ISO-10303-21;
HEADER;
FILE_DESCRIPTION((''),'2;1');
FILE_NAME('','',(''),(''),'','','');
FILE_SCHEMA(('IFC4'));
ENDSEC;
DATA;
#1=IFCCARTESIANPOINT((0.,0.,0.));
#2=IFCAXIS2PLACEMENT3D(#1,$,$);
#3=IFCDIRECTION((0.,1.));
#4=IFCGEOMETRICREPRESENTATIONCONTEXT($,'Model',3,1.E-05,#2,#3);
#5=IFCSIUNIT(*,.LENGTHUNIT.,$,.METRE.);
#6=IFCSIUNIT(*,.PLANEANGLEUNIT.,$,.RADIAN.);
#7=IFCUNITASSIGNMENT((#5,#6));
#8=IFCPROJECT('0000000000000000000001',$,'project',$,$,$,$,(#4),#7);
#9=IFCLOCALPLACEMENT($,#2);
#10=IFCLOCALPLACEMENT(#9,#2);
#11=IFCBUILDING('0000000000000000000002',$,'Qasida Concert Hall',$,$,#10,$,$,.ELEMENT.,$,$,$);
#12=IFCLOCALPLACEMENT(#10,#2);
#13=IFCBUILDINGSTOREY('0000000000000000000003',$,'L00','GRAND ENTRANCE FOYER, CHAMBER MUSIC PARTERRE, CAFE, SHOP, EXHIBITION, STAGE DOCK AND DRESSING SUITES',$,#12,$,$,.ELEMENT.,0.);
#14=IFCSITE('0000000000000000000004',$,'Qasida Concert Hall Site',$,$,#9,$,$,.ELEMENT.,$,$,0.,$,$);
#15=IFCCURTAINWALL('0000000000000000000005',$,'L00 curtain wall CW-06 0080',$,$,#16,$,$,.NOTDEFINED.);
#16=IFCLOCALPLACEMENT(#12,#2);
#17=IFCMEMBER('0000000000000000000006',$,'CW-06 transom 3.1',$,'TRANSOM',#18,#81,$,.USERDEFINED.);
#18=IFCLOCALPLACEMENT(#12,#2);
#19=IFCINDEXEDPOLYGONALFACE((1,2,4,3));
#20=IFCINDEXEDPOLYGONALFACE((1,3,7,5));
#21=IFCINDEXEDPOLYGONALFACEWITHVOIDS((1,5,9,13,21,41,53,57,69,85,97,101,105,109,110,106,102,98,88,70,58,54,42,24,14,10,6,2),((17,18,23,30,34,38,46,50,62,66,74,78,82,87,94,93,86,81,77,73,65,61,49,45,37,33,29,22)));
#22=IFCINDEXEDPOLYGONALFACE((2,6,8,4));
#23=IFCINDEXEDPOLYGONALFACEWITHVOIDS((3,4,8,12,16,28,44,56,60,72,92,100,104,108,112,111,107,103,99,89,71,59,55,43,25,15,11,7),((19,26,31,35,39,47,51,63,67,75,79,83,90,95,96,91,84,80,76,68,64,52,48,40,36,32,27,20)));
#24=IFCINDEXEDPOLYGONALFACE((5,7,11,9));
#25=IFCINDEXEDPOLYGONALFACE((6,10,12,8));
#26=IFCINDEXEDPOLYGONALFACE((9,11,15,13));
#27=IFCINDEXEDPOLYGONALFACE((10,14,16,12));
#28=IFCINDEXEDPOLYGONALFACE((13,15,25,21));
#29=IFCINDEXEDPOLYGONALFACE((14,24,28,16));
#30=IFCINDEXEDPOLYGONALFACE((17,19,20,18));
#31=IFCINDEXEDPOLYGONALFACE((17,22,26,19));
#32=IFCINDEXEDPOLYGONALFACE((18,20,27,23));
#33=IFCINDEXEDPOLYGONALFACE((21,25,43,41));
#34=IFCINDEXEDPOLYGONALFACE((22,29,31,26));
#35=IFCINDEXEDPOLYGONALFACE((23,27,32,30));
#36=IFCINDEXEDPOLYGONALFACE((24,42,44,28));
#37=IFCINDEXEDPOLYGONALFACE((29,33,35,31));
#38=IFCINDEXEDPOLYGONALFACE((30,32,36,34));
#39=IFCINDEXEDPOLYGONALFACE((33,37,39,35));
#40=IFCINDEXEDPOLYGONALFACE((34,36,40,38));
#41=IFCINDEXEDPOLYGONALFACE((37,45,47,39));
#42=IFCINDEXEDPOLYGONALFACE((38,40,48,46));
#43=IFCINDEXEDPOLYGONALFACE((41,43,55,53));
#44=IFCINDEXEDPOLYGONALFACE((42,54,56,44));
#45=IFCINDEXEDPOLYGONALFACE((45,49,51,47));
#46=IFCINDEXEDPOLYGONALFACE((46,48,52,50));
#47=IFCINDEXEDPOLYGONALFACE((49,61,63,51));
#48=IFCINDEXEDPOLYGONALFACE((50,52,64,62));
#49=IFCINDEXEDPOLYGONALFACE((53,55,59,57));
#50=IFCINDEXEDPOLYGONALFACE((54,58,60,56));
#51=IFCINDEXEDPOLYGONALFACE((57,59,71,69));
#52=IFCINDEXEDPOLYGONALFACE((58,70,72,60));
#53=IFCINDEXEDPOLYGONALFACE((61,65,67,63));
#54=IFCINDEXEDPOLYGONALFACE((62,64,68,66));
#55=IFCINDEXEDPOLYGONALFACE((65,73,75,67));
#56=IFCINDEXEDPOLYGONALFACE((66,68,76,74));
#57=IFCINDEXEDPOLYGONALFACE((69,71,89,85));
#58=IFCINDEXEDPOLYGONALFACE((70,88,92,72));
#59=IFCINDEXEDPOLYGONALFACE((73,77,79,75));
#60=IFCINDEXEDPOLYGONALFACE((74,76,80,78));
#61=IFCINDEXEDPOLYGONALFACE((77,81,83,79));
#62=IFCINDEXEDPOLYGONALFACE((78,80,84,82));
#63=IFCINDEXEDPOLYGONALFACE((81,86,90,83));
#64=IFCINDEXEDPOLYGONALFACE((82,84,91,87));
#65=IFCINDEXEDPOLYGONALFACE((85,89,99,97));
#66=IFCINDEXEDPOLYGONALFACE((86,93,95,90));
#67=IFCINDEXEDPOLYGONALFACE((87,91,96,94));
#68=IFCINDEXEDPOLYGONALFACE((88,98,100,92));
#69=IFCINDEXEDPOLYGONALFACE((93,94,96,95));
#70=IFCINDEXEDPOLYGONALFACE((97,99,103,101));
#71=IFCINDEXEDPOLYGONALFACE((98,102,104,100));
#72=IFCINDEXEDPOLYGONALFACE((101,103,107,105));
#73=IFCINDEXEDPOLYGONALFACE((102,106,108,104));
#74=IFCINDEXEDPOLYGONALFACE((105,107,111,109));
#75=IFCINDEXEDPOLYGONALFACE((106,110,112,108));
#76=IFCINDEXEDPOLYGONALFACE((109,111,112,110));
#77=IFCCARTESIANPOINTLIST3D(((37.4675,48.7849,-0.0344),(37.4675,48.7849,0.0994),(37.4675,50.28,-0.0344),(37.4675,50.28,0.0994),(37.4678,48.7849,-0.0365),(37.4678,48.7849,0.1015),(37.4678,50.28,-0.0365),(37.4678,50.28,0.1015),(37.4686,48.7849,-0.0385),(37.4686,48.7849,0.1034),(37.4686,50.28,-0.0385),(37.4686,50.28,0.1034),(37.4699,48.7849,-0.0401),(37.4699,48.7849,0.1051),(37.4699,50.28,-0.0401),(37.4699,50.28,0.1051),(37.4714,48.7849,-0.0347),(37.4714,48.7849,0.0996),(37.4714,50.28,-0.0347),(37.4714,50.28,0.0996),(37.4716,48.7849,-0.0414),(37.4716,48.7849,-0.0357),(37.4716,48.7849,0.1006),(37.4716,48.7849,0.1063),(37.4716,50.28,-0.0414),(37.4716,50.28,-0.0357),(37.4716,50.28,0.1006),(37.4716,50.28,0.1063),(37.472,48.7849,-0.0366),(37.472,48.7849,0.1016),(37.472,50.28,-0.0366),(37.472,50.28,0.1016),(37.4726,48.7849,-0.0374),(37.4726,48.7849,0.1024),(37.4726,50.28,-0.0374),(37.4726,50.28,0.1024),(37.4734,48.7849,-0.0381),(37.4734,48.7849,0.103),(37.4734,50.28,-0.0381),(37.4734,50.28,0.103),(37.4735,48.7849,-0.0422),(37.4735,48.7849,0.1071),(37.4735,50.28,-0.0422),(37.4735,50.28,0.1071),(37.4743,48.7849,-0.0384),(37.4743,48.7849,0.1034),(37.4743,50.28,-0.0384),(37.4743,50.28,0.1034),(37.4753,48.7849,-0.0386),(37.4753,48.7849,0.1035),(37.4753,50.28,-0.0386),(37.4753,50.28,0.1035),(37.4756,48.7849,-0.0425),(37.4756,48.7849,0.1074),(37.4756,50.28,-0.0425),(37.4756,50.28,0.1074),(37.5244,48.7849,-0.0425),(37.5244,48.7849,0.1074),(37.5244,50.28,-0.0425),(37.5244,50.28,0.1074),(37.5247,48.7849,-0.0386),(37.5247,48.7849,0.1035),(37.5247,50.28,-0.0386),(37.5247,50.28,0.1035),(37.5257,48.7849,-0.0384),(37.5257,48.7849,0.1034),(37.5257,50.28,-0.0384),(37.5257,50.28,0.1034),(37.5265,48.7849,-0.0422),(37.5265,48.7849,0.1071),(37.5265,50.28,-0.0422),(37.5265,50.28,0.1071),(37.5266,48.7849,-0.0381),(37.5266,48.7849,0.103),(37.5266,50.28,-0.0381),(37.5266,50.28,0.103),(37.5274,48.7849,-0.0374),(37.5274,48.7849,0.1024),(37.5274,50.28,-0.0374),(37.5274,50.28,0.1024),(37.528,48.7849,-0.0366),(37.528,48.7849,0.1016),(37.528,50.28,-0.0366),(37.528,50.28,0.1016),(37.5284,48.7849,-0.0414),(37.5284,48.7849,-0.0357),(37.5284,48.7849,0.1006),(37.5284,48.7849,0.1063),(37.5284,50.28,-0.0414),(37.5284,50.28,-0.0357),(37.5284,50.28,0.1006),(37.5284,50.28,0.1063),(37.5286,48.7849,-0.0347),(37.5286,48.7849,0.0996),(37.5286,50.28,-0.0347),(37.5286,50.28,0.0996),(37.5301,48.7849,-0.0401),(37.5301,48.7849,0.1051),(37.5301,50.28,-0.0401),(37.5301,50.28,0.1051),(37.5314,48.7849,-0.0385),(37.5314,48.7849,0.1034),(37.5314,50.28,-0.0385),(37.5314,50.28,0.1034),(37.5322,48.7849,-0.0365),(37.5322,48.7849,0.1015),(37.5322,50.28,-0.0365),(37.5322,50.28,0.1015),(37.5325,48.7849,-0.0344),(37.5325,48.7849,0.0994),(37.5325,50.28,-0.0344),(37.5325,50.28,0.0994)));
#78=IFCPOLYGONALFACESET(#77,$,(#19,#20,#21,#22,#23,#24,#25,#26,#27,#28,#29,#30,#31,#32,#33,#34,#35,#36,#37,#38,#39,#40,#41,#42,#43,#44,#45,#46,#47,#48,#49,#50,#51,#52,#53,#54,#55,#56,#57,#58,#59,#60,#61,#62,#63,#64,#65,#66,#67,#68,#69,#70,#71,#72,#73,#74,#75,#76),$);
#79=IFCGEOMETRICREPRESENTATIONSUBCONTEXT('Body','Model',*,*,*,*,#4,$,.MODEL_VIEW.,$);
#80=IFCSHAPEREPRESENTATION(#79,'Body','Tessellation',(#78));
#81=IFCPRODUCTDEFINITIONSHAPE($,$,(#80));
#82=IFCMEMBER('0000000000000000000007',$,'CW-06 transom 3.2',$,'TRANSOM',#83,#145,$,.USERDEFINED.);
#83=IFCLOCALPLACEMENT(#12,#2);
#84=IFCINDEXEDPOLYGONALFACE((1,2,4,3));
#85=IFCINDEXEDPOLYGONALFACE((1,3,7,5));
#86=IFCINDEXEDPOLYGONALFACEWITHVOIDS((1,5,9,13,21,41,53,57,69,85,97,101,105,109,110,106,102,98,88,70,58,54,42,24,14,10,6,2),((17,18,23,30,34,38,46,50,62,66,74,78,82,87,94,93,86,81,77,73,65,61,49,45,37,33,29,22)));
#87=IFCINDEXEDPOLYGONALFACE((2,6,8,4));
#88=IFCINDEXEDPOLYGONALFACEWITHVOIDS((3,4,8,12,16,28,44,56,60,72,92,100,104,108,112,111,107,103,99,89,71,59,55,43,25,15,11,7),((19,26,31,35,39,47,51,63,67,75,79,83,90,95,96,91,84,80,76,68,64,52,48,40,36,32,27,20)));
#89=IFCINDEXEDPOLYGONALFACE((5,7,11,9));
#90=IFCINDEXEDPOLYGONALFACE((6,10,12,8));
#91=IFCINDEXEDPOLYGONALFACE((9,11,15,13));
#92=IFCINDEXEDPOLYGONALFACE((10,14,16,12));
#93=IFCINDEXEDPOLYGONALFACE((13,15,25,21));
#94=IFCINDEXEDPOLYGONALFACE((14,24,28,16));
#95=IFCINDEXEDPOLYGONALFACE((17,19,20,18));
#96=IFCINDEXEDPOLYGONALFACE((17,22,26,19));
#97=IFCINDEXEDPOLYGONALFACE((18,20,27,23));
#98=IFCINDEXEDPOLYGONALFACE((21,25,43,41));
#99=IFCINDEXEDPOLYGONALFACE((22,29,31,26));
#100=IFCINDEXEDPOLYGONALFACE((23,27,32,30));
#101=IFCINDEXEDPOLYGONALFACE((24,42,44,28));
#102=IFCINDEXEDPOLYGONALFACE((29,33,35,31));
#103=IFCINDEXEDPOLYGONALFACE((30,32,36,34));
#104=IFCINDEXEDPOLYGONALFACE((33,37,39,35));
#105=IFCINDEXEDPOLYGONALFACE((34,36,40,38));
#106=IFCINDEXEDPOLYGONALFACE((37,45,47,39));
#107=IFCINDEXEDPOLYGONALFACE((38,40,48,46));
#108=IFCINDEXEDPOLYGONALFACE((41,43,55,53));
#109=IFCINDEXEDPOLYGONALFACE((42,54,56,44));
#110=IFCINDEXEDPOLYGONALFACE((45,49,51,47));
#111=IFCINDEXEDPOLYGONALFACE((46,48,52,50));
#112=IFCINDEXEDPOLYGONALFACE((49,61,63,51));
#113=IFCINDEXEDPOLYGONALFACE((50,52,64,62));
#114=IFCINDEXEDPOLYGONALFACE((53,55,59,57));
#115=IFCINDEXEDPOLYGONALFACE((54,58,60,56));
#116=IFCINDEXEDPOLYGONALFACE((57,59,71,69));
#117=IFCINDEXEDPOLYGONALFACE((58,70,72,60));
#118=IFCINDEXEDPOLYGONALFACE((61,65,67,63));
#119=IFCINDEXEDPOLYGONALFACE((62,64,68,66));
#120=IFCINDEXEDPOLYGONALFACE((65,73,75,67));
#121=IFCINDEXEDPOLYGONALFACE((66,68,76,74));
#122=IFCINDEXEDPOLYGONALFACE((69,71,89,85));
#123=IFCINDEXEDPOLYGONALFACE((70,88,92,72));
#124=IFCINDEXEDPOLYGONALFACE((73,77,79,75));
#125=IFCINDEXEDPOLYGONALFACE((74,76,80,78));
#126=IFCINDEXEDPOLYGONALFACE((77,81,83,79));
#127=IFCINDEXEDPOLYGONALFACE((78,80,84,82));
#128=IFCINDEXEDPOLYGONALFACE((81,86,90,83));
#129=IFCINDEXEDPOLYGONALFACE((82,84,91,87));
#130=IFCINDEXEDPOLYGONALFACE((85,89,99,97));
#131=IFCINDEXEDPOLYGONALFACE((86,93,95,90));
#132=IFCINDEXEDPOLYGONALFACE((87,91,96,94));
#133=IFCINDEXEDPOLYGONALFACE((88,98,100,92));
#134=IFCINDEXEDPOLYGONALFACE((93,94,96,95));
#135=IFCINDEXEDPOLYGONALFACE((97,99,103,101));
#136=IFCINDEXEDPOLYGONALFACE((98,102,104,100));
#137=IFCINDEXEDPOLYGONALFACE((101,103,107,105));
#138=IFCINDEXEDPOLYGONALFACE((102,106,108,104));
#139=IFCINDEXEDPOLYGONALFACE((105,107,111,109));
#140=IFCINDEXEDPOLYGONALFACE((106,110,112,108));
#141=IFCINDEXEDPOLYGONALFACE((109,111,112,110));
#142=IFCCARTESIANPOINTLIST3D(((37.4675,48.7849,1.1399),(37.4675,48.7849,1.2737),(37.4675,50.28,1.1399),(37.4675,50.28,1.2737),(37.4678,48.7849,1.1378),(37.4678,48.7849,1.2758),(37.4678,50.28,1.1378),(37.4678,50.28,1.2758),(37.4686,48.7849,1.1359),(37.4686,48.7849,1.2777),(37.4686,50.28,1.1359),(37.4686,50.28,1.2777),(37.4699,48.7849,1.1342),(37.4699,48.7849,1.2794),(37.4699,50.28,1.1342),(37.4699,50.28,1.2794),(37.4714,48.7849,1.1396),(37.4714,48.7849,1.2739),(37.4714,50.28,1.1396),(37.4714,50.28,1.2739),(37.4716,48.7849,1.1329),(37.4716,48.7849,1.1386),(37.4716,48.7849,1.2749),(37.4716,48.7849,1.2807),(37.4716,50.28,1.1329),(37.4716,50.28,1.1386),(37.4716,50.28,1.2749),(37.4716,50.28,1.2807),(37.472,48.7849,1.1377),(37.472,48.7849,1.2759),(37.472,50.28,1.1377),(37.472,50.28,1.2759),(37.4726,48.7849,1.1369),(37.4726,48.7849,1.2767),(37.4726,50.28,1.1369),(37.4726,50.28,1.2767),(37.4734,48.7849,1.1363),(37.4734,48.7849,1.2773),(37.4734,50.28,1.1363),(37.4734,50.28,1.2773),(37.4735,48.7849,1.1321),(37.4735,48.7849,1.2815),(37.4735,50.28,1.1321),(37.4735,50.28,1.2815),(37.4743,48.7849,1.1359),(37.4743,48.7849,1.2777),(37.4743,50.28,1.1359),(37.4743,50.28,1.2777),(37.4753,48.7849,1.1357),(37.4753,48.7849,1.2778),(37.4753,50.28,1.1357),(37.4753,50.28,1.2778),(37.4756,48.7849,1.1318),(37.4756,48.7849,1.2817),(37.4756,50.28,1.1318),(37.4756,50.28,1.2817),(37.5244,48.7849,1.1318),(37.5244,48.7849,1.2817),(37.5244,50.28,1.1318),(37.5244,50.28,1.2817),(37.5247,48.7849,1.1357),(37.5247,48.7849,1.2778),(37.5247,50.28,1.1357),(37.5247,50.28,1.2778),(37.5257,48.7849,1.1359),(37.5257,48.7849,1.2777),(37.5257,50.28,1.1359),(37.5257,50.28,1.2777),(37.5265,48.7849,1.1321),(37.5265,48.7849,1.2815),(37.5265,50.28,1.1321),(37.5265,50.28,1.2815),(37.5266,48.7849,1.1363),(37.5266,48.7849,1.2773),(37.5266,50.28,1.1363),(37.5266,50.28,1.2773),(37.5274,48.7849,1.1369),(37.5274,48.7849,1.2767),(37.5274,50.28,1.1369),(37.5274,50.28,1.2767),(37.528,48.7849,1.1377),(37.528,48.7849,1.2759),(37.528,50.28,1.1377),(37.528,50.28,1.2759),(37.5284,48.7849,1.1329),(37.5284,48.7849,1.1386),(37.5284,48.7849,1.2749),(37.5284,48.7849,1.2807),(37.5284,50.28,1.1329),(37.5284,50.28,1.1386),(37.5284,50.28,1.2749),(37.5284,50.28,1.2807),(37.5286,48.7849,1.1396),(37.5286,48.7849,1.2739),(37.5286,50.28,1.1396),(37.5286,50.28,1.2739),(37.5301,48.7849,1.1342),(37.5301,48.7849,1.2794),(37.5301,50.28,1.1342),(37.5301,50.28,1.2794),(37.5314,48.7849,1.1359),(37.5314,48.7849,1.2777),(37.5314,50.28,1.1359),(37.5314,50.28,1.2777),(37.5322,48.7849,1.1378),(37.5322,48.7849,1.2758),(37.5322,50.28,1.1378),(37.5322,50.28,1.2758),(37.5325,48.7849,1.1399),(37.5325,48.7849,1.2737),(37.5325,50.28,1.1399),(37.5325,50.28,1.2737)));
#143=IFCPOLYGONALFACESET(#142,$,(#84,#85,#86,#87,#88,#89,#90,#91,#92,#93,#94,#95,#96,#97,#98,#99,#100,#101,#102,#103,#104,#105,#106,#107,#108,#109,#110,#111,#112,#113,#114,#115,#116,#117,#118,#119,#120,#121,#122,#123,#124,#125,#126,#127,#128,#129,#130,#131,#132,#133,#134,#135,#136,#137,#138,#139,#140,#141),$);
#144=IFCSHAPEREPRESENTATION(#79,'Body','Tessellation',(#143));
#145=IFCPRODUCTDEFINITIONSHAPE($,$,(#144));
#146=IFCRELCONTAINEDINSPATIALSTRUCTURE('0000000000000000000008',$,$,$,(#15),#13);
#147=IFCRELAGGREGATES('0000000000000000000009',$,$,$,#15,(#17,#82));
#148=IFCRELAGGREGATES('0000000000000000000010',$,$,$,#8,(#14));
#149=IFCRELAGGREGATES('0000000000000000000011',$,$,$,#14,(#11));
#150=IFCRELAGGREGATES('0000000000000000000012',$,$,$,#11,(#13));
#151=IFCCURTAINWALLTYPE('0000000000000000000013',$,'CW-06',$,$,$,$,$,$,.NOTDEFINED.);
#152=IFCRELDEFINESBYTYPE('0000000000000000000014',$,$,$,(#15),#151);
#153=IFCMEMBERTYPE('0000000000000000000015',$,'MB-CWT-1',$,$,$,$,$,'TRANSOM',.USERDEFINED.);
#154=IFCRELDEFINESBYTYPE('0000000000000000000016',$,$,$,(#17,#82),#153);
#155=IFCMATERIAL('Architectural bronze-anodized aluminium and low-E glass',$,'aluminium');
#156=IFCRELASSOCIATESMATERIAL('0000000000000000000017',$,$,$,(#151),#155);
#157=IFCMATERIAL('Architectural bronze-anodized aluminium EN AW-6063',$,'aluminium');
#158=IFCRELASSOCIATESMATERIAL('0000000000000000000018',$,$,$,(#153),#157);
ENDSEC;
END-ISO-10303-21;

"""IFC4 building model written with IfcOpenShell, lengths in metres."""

from ifc_helpers import new_model, si_unit, direction, frame, origin, origin_2d, place, context, subcontext, project, spatial, hollow_rectangle, extrude, material, material_profile, profile_set, type_object, element, aggregate, save


model = new_model("IFC4")

# Units and contexts
model_context = context("Model", 3, precision=1e-05, world=origin(), true_north=direction((0.0, 1.0)))
body_context = subcontext(model_context, "Body", "Model", "MODEL_VIEW")
ifc_project = project(units=[si_unit("LENGTHUNIT", "METRE"), si_unit("PLANEANGLEUNIT", "RADIAN")], contexts=[model_context])

# Site, building, storey
site_placement = place(None, origin())
site = spatial("IfcSite", under=ifc_project, at=site_placement, Name="Qasida Concert Hall Site", CompositionType="ELEMENT", RefElevation=0.0)
building_placement = place(site_placement, origin())
building = spatial("IfcBuilding", under=site, at=building_placement, Name="Qasida Concert Hall", CompositionType="ELEMENT")
storey_placement = place(building_placement, origin())
storey = spatial("IfcBuildingStorey", under=building, at=storey_placement, Name="L00", Description="GRAND ENTRANCE FOYER, CHAMBER MUSIC PARTERRE, CAFE, SHOP, EXHIBITION, STAGE DOCK AND DRESSING SUITES", CompositionType="ELEMENT", Elevation=0.0)

# Curtain wall
ifc_material_1 = material(Name="Architectural bronze-anodized aluminium and low-E glass", Category="aluminium")
ifc_material_2 = material(Name="Architectural bronze-anodized aluminium EN AW-6063", Category="aluminium")
curtain_wall_type_1 = type_object("IfcCurtainWallType", Name="CW-06", PredefinedType="NOTDEFINED", material=ifc_material_1)
curtain_wall_1_placement = place(storey_placement, origin())
curtain_wall_1 = element("IfcCurtainWall", 1, at=curtain_wall_1_placement, inside=storey, type_object=curtain_wall_type_1, Name="L00 curtain wall CW-06 0080", PredefinedType="NOTDEFINED")

# Members
ifc_material_profile_1 = material_profile(ifc_material_2, hollow_rectangle(XDim=0.0649, YDim=0.1499, WallThickness=0.0039, InnerFilletRadius=0.0039, OuterFilletRadius=0.0081, at=origin_2d()), Name="CWT 150x65x4")
ifc_profile_set_1 = profile_set([ifc_material_profile_1], Name="Architectural bronze-anodized aluminium EN AW-6063")
member_type_1 = type_object("IfcMemberType", Name="MB-CWT-1", ElementType="TRANSOM", PredefinedType="USERDEFINED", material=ifc_profile_set_1)
member_1_placement = place(storey_placement, frame((37.5, 48.7849, 0.0325), z_axis=(0.0, 1.0, 0.0), x_axis=(-1.0, 0.0, 0.0)))
member_1 = element("IfcMember", 2, at=member_1_placement, type_object=member_type_1, Name="CW-06 transom 3.1", ObjectType="TRANSOM", PredefinedType="USERDEFINED", context=body_context, shape_type="SweptSolid", body=[
    extrude(hollow_rectangle(XDim=0.0649, YDim=0.1499, WallThickness=0.0039, InnerFilletRadius=0.0039, OuterFilletRadius=0.0081, at=origin_2d()), origin(), (0.0, 0.0, 1.0), 1.4951),
])
member_2_placement = place(storey_placement, frame((37.5, 48.7849, 1.2068), z_axis=(0.0, 1.0, 0.0), x_axis=(-1.0, 0.0, 0.0)))
member_2 = element("IfcMember", 3, at=member_2_placement, type_object=member_type_1, Name="CW-06 transom 3.2", ObjectType="TRANSOM", PredefinedType="USERDEFINED", context=body_context, shape_type="SweptSolid", body=[
    extrude(hollow_rectangle(XDim=0.0649, YDim=0.1499, WallThickness=0.0039, InnerFilletRadius=0.0039, OuterFilletRadius=0.0081, at=origin_2d()), origin(), (0.0, 0.0, 1.0), 1.4951),
])

aggregate(curtain_wall_1, [member_1, member_2])

save(model, "model.ifc")
